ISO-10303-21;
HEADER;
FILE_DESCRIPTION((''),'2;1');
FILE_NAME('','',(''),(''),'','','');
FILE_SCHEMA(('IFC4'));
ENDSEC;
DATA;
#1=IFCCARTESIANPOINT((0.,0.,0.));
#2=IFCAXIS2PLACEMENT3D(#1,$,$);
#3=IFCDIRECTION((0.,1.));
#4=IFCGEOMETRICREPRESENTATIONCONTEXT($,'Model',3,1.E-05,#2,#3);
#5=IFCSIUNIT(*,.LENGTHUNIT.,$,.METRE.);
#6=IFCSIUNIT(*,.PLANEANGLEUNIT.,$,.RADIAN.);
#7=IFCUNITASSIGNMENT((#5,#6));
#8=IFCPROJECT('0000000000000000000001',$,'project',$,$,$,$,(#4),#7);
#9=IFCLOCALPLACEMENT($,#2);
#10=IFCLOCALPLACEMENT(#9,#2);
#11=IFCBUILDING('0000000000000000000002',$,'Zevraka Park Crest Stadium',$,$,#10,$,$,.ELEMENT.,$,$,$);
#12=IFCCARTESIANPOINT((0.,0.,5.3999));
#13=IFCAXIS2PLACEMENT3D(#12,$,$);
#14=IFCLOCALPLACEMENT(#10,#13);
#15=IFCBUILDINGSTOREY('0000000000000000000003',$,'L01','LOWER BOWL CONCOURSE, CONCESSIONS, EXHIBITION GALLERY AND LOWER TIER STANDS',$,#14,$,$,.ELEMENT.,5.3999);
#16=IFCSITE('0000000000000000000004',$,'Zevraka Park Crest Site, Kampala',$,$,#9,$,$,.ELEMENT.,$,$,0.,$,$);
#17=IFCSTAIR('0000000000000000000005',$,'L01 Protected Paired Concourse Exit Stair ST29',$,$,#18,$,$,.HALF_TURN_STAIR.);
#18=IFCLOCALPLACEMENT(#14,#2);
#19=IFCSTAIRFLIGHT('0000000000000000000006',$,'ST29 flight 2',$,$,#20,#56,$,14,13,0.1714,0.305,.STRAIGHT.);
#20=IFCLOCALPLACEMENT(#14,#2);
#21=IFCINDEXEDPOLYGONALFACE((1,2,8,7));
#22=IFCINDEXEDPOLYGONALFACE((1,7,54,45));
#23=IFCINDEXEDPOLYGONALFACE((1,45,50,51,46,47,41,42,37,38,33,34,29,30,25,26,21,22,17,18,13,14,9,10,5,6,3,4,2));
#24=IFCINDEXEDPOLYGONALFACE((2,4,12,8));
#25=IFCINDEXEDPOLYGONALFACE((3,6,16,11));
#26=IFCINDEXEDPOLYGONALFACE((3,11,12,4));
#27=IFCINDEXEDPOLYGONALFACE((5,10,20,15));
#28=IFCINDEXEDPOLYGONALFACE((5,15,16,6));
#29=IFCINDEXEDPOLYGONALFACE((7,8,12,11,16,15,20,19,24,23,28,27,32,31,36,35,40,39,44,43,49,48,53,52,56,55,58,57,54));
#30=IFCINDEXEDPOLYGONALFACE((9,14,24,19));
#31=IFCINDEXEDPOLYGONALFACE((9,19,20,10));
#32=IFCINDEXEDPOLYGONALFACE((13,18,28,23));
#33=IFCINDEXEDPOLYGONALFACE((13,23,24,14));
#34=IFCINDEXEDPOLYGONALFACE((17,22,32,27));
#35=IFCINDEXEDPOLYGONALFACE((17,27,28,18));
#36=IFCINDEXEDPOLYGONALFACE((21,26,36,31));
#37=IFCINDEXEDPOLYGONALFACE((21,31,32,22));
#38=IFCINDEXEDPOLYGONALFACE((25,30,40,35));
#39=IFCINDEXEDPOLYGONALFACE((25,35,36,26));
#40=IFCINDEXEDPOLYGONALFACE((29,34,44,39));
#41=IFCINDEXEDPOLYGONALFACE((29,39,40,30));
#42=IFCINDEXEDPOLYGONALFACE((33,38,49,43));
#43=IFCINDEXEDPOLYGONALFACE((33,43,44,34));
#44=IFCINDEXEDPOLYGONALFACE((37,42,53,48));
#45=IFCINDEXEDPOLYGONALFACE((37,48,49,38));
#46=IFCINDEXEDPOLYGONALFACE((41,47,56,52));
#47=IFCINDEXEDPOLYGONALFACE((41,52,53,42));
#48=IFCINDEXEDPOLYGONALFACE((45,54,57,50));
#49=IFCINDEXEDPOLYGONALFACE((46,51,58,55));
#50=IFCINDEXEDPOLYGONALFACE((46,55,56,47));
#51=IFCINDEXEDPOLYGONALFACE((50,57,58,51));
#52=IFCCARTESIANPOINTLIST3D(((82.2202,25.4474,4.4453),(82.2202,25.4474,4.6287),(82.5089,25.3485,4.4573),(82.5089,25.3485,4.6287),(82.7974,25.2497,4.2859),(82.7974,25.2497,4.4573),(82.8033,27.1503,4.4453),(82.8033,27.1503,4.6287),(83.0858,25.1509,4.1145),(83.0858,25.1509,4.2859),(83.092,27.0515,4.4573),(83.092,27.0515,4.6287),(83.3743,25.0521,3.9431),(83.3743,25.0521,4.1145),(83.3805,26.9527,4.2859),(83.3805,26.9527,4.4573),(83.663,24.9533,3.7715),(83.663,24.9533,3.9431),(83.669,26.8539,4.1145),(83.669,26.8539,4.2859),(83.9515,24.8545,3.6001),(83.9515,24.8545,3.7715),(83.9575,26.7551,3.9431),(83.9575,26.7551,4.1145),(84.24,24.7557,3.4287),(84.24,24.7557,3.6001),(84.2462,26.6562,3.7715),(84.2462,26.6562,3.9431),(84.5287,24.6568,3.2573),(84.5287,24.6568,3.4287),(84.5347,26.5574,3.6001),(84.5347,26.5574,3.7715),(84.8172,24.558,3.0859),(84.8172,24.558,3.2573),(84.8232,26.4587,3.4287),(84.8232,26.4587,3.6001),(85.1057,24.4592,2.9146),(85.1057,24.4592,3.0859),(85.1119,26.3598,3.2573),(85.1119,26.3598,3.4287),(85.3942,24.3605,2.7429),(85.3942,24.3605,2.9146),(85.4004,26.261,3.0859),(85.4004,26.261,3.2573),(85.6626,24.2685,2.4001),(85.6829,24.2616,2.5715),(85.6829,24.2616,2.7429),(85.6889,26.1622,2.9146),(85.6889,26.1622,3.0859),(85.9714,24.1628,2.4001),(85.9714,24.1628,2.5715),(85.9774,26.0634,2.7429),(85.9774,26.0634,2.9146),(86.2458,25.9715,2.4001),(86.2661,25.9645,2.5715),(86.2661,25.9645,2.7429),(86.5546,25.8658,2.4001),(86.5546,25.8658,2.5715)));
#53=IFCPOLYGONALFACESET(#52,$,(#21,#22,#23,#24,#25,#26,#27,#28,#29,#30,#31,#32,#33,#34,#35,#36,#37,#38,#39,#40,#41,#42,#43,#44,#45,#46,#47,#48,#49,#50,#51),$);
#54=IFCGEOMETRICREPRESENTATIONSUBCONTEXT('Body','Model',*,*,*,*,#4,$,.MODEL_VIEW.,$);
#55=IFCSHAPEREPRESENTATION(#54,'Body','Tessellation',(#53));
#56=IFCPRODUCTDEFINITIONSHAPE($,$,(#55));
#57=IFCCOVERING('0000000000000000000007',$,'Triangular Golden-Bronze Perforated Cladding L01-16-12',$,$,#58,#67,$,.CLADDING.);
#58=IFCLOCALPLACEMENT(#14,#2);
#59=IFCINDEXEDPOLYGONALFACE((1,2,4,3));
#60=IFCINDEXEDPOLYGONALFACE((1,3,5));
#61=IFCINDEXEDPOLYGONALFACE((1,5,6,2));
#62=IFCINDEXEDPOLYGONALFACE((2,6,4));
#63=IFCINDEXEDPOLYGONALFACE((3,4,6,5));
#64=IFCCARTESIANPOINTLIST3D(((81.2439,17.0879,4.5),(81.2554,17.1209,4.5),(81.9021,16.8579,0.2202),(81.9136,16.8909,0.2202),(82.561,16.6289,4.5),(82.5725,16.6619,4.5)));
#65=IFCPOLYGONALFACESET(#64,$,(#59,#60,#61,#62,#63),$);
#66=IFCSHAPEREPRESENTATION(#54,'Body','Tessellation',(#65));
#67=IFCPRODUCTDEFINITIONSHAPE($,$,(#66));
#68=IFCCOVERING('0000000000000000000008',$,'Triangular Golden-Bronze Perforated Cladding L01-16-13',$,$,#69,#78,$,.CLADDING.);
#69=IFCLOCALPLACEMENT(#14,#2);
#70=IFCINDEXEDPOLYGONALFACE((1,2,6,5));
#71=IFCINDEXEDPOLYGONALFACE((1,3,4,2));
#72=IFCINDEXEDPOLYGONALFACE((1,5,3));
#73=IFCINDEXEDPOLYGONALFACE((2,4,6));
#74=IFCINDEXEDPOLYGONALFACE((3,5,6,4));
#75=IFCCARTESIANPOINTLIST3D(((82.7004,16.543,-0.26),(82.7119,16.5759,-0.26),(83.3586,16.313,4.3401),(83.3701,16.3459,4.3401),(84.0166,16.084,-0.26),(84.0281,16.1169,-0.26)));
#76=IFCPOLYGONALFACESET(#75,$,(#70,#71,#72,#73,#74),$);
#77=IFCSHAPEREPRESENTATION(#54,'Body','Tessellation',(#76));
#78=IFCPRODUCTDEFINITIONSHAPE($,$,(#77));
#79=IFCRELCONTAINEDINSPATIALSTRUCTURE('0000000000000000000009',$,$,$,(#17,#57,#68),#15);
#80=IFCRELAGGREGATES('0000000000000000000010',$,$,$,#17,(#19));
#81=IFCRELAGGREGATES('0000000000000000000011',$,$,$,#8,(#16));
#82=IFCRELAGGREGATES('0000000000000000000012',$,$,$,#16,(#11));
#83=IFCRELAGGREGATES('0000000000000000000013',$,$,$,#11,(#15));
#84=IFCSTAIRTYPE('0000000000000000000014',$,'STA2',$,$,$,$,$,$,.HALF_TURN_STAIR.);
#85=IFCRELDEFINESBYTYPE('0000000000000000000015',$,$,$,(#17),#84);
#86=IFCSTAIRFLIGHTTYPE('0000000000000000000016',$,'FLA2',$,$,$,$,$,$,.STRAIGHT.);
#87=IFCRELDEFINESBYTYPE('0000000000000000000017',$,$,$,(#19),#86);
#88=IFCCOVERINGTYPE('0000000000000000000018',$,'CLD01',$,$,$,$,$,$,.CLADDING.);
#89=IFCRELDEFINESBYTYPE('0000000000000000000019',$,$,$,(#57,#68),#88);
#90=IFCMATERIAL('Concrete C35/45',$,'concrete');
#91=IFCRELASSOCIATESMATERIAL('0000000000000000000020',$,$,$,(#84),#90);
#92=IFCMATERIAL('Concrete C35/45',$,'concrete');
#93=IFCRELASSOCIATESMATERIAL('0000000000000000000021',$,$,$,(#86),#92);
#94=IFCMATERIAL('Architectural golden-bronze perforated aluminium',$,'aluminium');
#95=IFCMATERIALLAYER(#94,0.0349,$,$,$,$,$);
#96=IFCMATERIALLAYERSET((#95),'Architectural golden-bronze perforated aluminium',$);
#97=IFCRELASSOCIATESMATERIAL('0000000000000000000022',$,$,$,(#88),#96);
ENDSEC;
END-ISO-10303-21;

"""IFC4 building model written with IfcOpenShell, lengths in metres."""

from ifc_helpers import new_model, si_unit, direction, frame, origin, place, context, subcontext, project, spatial, polyline, outline, extrude, material, layer, layer_set, type_object, element, aggregate, save


model = new_model("IFC4")

# Units and contexts
model_context = context("Model", 3, precision=1e-05, world=origin(), true_north=direction((0.0, 1.0)))
body_context = subcontext(model_context, "Body", "Model", "MODEL_VIEW")
ifc_project = project(units=[si_unit("LENGTHUNIT", "METRE"), si_unit("PLANEANGLEUNIT", "RADIAN")], contexts=[model_context])

# Site, building, storey
site_placement = place(None, origin())
site = spatial("IfcSite", under=ifc_project, at=site_placement, Name="Zevraka Park Crest Site, Kampala", CompositionType="ELEMENT", RefElevation=0.0)
building_placement = place(site_placement, origin())
building = spatial("IfcBuilding", under=site, at=building_placement, Name="Zevraka Park Crest Stadium", CompositionType="ELEMENT")
storey_placement = place(building_placement, frame((0.0, 0.0, 5.3999)))
storey = spatial("IfcBuildingStorey", under=building, at=storey_placement, Name="L01", Description="LOWER BOWL CONCOURSE, CONCESSIONS, EXHIBITION GALLERY AND LOWER TIER STANDS", CompositionType="ELEMENT", Elevation=5.3999)

# Stair, stair flight
ifc_material_1 = material(Name="Concrete C35/45", Category="concrete")
stair_type = type_object("IfcStairType", Name="STA2", PredefinedType="HALF_TURN_STAIR", material=ifc_material_1)
stair_placement = place(storey_placement, origin())
stair = element("IfcStair", 1, at=stair_placement, inside=storey, type_object=stair_type, Name="L01 Protected Paired Concourse Exit Stair ST29", PredefinedType="HALF_TURN_STAIR")
ifc_material_2 = material(Name="Concrete C35/45", Category="concrete")
stair_flight_type = type_object("IfcStairFlightType", Name="FLA2", PredefinedType="STRAIGHT", material=ifc_material_2)
stair_flight_1_placement = place(storey_placement, frame((86.2629, 25.0142, 2.4001), z_axis=(0.0, 0.0, 1.0), x_axis=(-0.946066, 0.323974, 0.0)))
stair_flight_1 = element("IfcStairFlight", 2, at=stair_flight_1_placement, type_object=stair_flight_type, Name="ST29 flight 2", NumberOfRisers=14, NumberOfTreads=13, PredefinedType="STRAIGHT", RiserHeight=0.1714, TreadLength=0.305, context=body_context, shape_type="SweptSolid", body=[
    extrude(outline(polyline([(0.0, 0.0), (0.0, 0.1714), (0.3049, 0.1714), (0.3049, 0.3428), (0.6101, 0.3428), (0.6101, 0.5144), (0.915, 0.5144), (0.915, 0.6858), (1.22, 0.6858), (1.22, 0.8572), (1.5249, 0.8572), (1.5249, 1.0286), (1.8301, 1.0286), (1.8301, 1.2), (2.135, 1.2), (2.135, 1.3713), (2.4399, 1.3713), (2.4399, 1.543), (2.7451, 1.543), (2.7451, 1.7144), (3.05, 1.7144), (3.05, 1.8857), (3.355, 1.8857), (3.355, 2.0571), (3.6599, 2.0571), (3.6599, 2.2285), (3.9651, 2.2285), (3.9651, 2.3999), (3.9651, 2.0452), (0.3264, 0.0), (0.0, 0.0)])), frame((0.0, 0.8999, 0.0), z_axis=(0.0, -1.0, 0.0), x_axis=(1.0, 0.0, 0.0)), (0.0, 0.0, 1.0), 1.8),
])
aggregate(stair, [stair_flight_1])

# Coverings
ifc_material_3 = material(Name="Architectural golden-bronze perforated aluminium", Category="aluminium")
ifc_layer_1 = layer(ifc_material_3, 0.0349)
ifc_layer_set_1 = layer_set([ifc_layer_1], Name="Architectural golden-bronze perforated aluminium")
covering_type = type_object("IfcCoveringType", Name="CLD01", PredefinedType="CLADDING", material=ifc_layer_set_1)
covering_1_placement = place(storey_placement, frame((82.561, 16.6289, 4.5), z_axis=(-0.329064, -0.944308, 0.000136), x_axis=(-0.944308, 0.329064, 0.0)))
element("IfcCovering", 3, at=covering_1_placement, inside=storey, type_object=covering_type, Name="Triangular Golden-Bronze Perforated Cladding L01-16-12", PredefinedType="CLADDING", context=body_context, shape_type="SweptSolid", body=[
    extrude(outline(polyline([(0.0, 0.0), (1.3948, 0.0), (0.6976, 4.2798), (0.0, 0.0)])), origin(), (0.0, 0.0, -1.0), 0.0349),
])
covering_2_placement = place(storey_placement, frame((82.7119, 16.5759, -0.26), z_axis=(0.329281, 0.944232, 0.000091), x_axis=(0.944232, -0.329281, 0.0)))
element("IfcCovering", 4, at=covering_2_placement, inside=storey, type_object=covering_type, Name="Triangular Golden-Bronze Perforated Cladding L01-16-13", PredefinedType="CLADDING", context=body_context, shape_type="SweptSolid", body=[
    extrude(outline(polyline([(0.0, 0.0), (1.3939, 0.0), (0.6972, -4.6001), (0.0, 0.0)])), origin(), (0.0, 0.0, -1.0), 0.0349),
])

save(model, "model.ifc")
